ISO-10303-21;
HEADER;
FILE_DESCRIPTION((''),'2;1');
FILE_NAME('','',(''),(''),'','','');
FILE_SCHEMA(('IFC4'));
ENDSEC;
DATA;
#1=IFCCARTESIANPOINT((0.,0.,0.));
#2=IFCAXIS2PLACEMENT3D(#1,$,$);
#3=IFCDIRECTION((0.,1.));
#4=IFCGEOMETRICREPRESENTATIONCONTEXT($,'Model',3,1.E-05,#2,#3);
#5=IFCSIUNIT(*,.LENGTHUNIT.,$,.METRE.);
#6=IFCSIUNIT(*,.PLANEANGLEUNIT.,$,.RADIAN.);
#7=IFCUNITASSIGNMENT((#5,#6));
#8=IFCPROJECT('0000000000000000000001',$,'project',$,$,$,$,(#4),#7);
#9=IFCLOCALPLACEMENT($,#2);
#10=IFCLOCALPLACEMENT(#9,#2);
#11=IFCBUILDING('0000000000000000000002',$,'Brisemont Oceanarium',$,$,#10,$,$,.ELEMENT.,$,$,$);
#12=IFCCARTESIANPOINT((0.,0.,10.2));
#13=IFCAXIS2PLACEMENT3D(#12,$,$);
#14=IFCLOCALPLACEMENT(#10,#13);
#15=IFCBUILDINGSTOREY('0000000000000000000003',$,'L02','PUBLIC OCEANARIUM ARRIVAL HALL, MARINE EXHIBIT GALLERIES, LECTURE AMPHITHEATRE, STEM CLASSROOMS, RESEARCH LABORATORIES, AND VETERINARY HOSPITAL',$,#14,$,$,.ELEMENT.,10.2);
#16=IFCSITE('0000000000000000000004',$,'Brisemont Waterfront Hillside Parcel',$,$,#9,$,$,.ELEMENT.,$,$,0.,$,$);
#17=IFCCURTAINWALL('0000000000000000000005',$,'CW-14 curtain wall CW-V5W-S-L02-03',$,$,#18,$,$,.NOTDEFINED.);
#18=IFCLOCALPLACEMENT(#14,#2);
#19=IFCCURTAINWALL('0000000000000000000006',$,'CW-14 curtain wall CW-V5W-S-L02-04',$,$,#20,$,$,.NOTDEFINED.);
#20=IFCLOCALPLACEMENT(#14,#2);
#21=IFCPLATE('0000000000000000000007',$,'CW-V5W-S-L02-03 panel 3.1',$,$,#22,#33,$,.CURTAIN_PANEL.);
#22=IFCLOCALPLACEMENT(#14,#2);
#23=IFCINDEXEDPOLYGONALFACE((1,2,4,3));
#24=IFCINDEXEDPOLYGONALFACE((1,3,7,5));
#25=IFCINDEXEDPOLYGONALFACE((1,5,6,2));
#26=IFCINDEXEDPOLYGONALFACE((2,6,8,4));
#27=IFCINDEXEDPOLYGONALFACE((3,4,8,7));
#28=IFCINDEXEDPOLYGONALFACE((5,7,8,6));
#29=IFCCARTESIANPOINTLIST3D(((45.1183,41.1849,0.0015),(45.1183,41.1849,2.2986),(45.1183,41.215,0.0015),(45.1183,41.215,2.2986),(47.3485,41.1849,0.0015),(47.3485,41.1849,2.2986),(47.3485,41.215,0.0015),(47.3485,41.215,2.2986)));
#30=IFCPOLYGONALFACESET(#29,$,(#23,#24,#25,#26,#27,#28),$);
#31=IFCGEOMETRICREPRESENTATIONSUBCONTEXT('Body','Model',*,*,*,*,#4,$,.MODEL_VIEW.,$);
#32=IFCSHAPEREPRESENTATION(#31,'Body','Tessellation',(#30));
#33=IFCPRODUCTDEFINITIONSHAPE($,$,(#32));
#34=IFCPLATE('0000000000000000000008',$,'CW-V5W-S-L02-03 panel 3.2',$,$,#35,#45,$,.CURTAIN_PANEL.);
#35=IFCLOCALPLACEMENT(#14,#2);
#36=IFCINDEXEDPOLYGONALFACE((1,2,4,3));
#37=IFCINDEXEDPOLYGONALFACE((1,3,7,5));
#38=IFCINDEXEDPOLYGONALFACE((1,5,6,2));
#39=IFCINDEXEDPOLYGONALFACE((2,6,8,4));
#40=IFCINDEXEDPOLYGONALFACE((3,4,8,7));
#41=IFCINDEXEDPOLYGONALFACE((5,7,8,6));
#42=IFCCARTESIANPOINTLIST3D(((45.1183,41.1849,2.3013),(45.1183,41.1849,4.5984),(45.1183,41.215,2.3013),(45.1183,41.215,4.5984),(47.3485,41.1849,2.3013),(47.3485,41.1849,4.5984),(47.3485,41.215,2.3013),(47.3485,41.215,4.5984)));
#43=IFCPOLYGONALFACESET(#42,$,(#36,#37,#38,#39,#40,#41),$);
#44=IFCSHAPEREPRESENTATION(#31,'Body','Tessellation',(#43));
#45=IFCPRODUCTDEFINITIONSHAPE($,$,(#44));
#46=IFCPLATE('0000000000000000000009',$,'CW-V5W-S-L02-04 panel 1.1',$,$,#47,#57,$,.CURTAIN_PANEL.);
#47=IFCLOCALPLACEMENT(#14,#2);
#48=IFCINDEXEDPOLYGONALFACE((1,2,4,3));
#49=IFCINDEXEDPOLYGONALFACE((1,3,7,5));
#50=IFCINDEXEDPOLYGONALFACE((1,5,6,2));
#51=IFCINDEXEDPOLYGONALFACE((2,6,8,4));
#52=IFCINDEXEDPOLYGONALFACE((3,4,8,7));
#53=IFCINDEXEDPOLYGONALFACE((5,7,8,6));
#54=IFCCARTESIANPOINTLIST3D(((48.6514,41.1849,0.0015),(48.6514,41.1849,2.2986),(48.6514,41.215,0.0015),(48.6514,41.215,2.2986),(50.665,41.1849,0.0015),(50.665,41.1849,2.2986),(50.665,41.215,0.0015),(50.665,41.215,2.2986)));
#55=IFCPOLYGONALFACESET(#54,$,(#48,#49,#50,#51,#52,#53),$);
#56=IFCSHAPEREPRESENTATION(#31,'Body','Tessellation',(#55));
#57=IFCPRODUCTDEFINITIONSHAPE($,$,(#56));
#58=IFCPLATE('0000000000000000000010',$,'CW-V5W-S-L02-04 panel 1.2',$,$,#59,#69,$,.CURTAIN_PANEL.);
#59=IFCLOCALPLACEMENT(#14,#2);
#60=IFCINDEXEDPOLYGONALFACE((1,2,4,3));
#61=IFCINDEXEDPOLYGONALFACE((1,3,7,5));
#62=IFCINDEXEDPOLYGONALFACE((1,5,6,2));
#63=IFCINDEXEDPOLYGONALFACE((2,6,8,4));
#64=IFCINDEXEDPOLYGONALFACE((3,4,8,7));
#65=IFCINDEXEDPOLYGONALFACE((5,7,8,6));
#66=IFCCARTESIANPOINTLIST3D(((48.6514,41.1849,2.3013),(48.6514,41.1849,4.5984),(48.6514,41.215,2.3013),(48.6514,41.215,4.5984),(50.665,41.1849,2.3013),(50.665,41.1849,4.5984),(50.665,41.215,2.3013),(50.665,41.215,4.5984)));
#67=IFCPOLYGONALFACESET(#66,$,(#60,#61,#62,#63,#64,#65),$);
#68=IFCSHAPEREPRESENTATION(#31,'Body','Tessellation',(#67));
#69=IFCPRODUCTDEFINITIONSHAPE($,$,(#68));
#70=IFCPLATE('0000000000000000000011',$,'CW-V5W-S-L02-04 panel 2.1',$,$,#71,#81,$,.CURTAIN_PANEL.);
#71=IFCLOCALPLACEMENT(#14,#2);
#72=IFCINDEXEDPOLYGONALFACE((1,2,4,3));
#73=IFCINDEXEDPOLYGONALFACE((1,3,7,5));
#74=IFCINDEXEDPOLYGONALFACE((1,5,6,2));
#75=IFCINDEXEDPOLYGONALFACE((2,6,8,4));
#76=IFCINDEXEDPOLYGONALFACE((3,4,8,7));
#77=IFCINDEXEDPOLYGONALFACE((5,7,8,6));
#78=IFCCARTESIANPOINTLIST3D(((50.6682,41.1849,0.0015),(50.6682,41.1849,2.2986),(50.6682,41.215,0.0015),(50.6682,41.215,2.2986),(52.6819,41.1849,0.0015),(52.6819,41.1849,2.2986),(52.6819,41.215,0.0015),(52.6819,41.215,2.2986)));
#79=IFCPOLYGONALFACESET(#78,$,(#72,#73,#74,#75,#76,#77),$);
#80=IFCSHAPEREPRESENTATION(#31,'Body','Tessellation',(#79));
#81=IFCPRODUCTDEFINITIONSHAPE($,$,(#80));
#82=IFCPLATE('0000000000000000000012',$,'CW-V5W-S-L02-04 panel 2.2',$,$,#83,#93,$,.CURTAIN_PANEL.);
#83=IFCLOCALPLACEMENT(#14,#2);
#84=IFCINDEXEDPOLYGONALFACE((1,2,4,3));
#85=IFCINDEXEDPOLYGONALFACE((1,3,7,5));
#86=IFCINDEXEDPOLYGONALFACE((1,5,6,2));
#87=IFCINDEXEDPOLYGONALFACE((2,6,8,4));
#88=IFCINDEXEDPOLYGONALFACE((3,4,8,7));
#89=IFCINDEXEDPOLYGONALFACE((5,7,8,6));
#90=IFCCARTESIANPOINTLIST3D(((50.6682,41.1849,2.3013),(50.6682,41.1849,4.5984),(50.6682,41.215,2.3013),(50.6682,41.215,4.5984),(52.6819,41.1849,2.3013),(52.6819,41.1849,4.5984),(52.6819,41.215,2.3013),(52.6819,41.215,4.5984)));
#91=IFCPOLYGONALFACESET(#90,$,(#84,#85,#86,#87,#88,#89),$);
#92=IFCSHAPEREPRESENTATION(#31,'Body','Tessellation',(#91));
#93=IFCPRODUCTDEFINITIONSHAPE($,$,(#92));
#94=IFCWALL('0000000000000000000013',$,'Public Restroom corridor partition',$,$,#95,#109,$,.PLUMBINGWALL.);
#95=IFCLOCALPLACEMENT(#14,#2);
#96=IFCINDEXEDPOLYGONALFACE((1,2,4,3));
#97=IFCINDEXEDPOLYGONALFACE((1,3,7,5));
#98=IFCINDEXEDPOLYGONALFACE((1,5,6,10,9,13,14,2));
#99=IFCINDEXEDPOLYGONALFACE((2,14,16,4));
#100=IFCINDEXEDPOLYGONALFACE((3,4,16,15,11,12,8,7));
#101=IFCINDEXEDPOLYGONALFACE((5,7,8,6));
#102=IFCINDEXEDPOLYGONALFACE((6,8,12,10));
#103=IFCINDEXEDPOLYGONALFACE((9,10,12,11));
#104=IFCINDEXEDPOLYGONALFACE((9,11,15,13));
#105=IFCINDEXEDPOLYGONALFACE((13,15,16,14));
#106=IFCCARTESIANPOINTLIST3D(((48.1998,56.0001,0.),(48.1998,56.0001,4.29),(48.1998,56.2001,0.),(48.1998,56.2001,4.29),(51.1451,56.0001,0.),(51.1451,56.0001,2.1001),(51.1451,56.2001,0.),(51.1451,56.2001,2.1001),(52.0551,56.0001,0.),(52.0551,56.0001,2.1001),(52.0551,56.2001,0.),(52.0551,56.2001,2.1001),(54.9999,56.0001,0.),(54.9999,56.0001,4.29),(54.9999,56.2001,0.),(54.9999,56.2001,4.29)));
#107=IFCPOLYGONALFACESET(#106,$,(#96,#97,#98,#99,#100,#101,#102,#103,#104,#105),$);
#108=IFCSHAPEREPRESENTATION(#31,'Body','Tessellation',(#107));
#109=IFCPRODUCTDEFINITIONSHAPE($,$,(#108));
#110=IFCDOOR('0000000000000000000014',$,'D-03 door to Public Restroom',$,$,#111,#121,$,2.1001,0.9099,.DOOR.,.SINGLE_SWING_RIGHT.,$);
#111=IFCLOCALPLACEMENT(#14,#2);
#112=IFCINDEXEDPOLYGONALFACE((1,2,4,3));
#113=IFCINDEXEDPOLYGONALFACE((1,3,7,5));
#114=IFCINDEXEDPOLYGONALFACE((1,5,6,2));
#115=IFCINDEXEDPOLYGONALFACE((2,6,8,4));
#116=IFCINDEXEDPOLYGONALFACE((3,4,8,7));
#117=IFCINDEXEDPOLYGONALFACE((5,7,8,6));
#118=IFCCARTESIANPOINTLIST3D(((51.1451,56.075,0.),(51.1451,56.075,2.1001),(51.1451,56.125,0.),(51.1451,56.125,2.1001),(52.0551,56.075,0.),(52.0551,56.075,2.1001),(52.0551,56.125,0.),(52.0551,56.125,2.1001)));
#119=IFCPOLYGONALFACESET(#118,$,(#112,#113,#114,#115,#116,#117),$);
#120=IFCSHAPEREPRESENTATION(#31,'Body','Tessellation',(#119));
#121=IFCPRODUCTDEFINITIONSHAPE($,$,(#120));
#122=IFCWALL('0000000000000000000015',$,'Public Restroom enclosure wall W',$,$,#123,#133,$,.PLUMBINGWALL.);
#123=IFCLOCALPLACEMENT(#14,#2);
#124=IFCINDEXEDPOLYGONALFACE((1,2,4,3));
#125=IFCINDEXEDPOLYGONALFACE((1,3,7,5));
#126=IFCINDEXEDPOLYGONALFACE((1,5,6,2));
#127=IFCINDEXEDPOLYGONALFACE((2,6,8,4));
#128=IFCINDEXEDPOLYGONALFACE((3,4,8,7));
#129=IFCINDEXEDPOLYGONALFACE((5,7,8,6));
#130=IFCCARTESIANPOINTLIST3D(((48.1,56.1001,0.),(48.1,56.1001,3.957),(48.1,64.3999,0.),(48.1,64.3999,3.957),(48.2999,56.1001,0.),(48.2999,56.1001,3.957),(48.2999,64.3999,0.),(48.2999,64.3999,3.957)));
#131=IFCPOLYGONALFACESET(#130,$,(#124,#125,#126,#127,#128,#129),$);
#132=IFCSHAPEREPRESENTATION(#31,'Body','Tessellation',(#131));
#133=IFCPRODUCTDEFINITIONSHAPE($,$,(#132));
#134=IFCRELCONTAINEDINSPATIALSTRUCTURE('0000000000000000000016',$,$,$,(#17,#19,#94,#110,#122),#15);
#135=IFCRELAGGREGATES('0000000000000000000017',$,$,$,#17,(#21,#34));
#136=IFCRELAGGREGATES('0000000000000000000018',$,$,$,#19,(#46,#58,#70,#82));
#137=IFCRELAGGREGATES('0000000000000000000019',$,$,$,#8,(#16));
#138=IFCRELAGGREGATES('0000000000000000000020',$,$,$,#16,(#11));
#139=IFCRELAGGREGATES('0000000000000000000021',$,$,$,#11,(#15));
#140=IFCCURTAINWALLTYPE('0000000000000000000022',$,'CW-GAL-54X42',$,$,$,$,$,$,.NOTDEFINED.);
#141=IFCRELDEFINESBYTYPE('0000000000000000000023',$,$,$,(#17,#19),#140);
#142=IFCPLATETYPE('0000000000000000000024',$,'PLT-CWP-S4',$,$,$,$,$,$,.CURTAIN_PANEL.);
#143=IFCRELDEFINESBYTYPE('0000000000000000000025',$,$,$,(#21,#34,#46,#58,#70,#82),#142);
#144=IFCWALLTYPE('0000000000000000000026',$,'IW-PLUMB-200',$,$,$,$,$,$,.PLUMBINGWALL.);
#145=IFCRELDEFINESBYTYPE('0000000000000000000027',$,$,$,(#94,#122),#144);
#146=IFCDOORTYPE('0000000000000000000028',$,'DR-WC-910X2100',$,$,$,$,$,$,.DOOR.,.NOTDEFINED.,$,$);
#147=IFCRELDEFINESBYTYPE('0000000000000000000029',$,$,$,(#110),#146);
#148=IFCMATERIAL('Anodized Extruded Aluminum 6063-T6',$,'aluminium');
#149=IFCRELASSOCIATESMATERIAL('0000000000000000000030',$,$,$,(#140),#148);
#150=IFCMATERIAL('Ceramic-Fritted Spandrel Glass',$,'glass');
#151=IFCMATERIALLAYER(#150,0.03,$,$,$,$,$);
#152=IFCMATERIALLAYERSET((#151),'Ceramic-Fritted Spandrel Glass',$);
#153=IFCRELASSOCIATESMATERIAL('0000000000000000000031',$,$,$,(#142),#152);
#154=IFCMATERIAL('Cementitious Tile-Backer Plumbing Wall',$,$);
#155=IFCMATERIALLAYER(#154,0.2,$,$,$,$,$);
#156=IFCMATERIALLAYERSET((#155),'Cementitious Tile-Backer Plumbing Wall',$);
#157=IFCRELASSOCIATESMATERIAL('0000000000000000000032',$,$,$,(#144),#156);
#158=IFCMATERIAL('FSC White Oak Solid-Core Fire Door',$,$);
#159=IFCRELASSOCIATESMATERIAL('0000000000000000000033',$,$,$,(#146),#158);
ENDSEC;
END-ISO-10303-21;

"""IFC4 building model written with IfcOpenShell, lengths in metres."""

from ifc_helpers import new_model, si_unit, direction, frame, frame_2d, origin, origin_2d, place, context, subcontext, project, spatial, rectangle, extrude, material, layer, layer_set, type_object, element, fill, aggregate, save


model = new_model("IFC4")

# Units and contexts
model_context = context("Model", 3, precision=1e-05, world=origin(), true_north=direction((0.0, 1.0)))
body_context = subcontext(model_context, "Body", "Model", "MODEL_VIEW")
ifc_project = project(units=[si_unit("LENGTHUNIT", "METRE"), si_unit("PLANEANGLEUNIT", "RADIAN")], contexts=[model_context])

# Site, building, storey
site_placement = place(None, origin())
site = spatial("IfcSite", under=ifc_project, at=site_placement, Name="Brisemont Waterfront Hillside Parcel", CompositionType="ELEMENT", RefElevation=0.0)
building_placement = place(site_placement, origin())
building = spatial("IfcBuilding", under=site, at=building_placement, Name="Brisemont Oceanarium", CompositionType="ELEMENT")
storey_placement = place(building_placement, frame((0.0, 0.0, 10.2)))
storey = spatial("IfcBuildingStorey", under=building, at=storey_placement, Name="L02", Description="PUBLIC OCEANARIUM ARRIVAL HALL, MARINE EXHIBIT GALLERIES, LECTURE AMPHITHEATRE, STEM CLASSROOMS, RESEARCH LABORATORIES, AND VETERINARY HOSPITAL", CompositionType="ELEMENT", Elevation=10.2)

# Curtain wall
ifc_material_1 = material(Name="Anodized Extruded Aluminum 6063-T6", Category="aluminium")
curtain_wall_type = type_object("IfcCurtainWallType", Name="CW-GAL-54X42", PredefinedType="NOTDEFINED", material=ifc_material_1)
curtain_wall_1_placement = place(storey_placement, origin())
curtain_wall_1 = element("IfcCurtainWall", 1, at=curtain_wall_1_placement, inside=storey, type_object=curtain_wall_type, Name="CW-14 curtain wall CW-V5W-S-L02-03", PredefinedType="NOTDEFINED")

# Curtain wall
curtain_wall_2_placement = place(storey_placement, origin())
curtain_wall_2 = element("IfcCurtainWall", 2, at=curtain_wall_2_placement, inside=storey, type_object=curtain_wall_type, Name="CW-14 curtain wall CW-V5W-S-L02-04", PredefinedType="NOTDEFINED")

# Plates
ifc_material_2 = material(Name="Ceramic-Fritted Spandrel Glass", Category="glass")
ifc_layer_1 = layer(ifc_material_2, 0.03)
ifc_layer_set_1 = layer_set([ifc_layer_1], Name="Ceramic-Fritted Spandrel Glass")
plate_type = type_object("IfcPlateType", Name="PLT-CWP-S4", PredefinedType="CURTAIN_PANEL", material=ifc_layer_set_1)
plate_1_placement = place(storey_placement, frame((46.2334, 41.2, 0.0015), z_axis=(0.0, 0.0, 1.0), x_axis=(1.0, 0.0, 0.0)))
plate_1 = element("IfcPlate", 3, at=plate_1_placement, type_object=plate_type, Name="CW-V5W-S-L02-03 panel 3.1", PredefinedType="CURTAIN_PANEL", context=body_context, shape_type="SweptSolid", body=[
    extrude(rectangle(XDim=2.2302, YDim=0.03, at=origin_2d()), origin(), (0.0, 0.0, 1.0), 2.2971),
])
plate_2_placement = place(storey_placement, frame((46.2334, 41.2, 2.3013), z_axis=(0.0, 0.0, 1.0), x_axis=(1.0, 0.0, 0.0)))
plate_2 = element("IfcPlate", 4, at=plate_2_placement, type_object=plate_type, Name="CW-V5W-S-L02-03 panel 3.2", PredefinedType="CURTAIN_PANEL", context=body_context, shape_type="SweptSolid", body=[
    extrude(rectangle(XDim=2.2302, YDim=0.03, at=origin_2d()), origin(), (0.0, 0.0, 1.0), 2.2971),
])
aggregate(curtain_wall_1, [plate_1, plate_2])
plate_3_placement = place(storey_placement, frame((49.6582, 41.2, 0.0015), z_axis=(0.0, 0.0, 1.0), x_axis=(1.0, 0.0, 0.0)))
plate_3 = element("IfcPlate", 5, at=plate_3_placement, type_object=plate_type, Name="CW-V5W-S-L02-04 panel 1.1", PredefinedType="CURTAIN_PANEL", context=body_context, shape_type="SweptSolid", body=[
    extrude(rectangle(XDim=2.0137, YDim=0.03, at=origin_2d()), origin(), (0.0, 0.0, 1.0), 2.2971),
])
plate_4_placement = place(storey_placement, frame((49.6582, 41.2, 2.3013), z_axis=(0.0, 0.0, 1.0), x_axis=(1.0, 0.0, 0.0)))
plate_4 = element("IfcPlate", 6, at=plate_4_placement, type_object=plate_type, Name="CW-V5W-S-L02-04 panel 1.2", PredefinedType="CURTAIN_PANEL", context=body_context, shape_type="SweptSolid", body=[
    extrude(rectangle(XDim=2.0137, YDim=0.03, at=origin_2d()), origin(), (0.0, 0.0, 1.0), 2.2971),
])
plate_5_placement = place(storey_placement, frame((51.675, 41.2, 0.0015), z_axis=(0.0, 0.0, 1.0), x_axis=(1.0, 0.0, 0.0)))
plate_5 = element("IfcPlate", 7, at=plate_5_placement, type_object=plate_type, Name="CW-V5W-S-L02-04 panel 2.1", PredefinedType="CURTAIN_PANEL", context=body_context, shape_type="SweptSolid", body=[
    extrude(rectangle(XDim=2.0137, YDim=0.03, at=origin_2d()), origin(), (0.0, 0.0, 1.0), 2.2971),
])
plate_6_placement = place(storey_placement, frame((51.675, 41.2, 2.3013), z_axis=(0.0, 0.0, 1.0), x_axis=(1.0, 0.0, 0.0)))
plate_6 = element("IfcPlate", 8, at=plate_6_placement, type_object=plate_type, Name="CW-V5W-S-L02-04 panel 2.2", PredefinedType="CURTAIN_PANEL", context=body_context, shape_type="SweptSolid", body=[
    extrude(rectangle(XDim=2.0137, YDim=0.03, at=origin_2d()), origin(), (0.0, 0.0, 1.0), 2.2971),
])
aggregate(curtain_wall_2, [plate_3, plate_4, plate_5, plate_6])

# Wall, opening, door
ifc_material_3 = material(Name="Cementitious Tile-Backer Plumbing Wall")
ifc_layer_2 = layer(ifc_material_3, 0.2)
ifc_layer_set_2 = layer_set([ifc_layer_2], Name="Cementitious Tile-Backer Plumbing Wall")
wall_type = type_object("IfcWallType", Name="IW-PLUMB-200", PredefinedType="PLUMBINGWALL", material=ifc_layer_set_2)
wall_1_placement = place(storey_placement, frame((48.2, 56.1001, 0.0), z_axis=(0.0, 0.0, 1.0), x_axis=(1.0, 0.0, 0.0)))
wall_1 = element("IfcWall", 9, at=wall_1_placement, inside=storey, type_object=wall_type, Name="Public Restroom corridor partition", PredefinedType="PLUMBINGWALL", context=body_context, shape_type="SweptSolid", body=[
    extrude(rectangle(XDim=6.8, YDim=0.2, at=frame_2d((3.3999, 0.0))), origin(), (0.0, 0.0, 1.0), 4.29),
])
opening_placement = place(wall_1_placement, frame((2.9451, 0.0, 0.0)))
opening = element("IfcOpeningElement", 10, at=opening_placement, cuts=wall_1, PredefinedType="OPENING", context=body_context, shape_type="SweptSolid", body=[
    extrude(rectangle(XDim=0.9099, YDim=2.1001, at=frame_2d((0.4551, 1.05))), frame((0.0, 0.1099, 0.0), z_axis=(0.0, -1.0, 0.0), x_axis=(1.0, 0.0, 0.0)), (0.0, 0.0, 1.0), 0.22),
])
ifc_material_4 = material(Name="FSC White Oak Solid-Core Fire Door")
door_type = type_object("IfcDoorType", Name="DR-WC-910X2100", OperationType="NOTDEFINED", PredefinedType="DOOR", material=ifc_material_4)
door_placement = place(opening_placement, origin())
door = element("IfcDoor", 11, at=door_placement, inside=storey, type_object=door_type, Name="D-03 door to Public Restroom", OperationType="SINGLE_SWING_RIGHT", OverallHeight=2.1001, OverallWidth=0.9099, PredefinedType="DOOR", context=body_context, shape_type="SweptSolid", body=[
    extrude(rectangle(XDim=0.9099, YDim=2.1001, at=frame_2d((0.4551, 1.05))), frame((0.0, 0.0249, 0.0), z_axis=(0.0, -1.0, 0.0), x_axis=(1.0, 0.0, 0.0)), (0.0, 0.0, 1.0), 0.05),
])
fill(opening, door)

# Wall
wall_2_placement = place(storey_placement, frame((48.2, 56.1001, 0.0), z_axis=(0.0, 0.0, 1.0), x_axis=(0.0, 1.0, 0.0)))
element("IfcWall", 12, at=wall_2_placement, inside=storey, type_object=wall_type, Name="Public Restroom enclosure wall W", PredefinedType="PLUMBINGWALL", context=body_context, shape_type="SweptSolid", body=[
    extrude(rectangle(XDim=8.2998, YDim=0.2, at=frame_2d((4.1499, 0.0))), origin(), (0.0, 0.0, 1.0), 3.957),
])

save(model, "model.ifc")
